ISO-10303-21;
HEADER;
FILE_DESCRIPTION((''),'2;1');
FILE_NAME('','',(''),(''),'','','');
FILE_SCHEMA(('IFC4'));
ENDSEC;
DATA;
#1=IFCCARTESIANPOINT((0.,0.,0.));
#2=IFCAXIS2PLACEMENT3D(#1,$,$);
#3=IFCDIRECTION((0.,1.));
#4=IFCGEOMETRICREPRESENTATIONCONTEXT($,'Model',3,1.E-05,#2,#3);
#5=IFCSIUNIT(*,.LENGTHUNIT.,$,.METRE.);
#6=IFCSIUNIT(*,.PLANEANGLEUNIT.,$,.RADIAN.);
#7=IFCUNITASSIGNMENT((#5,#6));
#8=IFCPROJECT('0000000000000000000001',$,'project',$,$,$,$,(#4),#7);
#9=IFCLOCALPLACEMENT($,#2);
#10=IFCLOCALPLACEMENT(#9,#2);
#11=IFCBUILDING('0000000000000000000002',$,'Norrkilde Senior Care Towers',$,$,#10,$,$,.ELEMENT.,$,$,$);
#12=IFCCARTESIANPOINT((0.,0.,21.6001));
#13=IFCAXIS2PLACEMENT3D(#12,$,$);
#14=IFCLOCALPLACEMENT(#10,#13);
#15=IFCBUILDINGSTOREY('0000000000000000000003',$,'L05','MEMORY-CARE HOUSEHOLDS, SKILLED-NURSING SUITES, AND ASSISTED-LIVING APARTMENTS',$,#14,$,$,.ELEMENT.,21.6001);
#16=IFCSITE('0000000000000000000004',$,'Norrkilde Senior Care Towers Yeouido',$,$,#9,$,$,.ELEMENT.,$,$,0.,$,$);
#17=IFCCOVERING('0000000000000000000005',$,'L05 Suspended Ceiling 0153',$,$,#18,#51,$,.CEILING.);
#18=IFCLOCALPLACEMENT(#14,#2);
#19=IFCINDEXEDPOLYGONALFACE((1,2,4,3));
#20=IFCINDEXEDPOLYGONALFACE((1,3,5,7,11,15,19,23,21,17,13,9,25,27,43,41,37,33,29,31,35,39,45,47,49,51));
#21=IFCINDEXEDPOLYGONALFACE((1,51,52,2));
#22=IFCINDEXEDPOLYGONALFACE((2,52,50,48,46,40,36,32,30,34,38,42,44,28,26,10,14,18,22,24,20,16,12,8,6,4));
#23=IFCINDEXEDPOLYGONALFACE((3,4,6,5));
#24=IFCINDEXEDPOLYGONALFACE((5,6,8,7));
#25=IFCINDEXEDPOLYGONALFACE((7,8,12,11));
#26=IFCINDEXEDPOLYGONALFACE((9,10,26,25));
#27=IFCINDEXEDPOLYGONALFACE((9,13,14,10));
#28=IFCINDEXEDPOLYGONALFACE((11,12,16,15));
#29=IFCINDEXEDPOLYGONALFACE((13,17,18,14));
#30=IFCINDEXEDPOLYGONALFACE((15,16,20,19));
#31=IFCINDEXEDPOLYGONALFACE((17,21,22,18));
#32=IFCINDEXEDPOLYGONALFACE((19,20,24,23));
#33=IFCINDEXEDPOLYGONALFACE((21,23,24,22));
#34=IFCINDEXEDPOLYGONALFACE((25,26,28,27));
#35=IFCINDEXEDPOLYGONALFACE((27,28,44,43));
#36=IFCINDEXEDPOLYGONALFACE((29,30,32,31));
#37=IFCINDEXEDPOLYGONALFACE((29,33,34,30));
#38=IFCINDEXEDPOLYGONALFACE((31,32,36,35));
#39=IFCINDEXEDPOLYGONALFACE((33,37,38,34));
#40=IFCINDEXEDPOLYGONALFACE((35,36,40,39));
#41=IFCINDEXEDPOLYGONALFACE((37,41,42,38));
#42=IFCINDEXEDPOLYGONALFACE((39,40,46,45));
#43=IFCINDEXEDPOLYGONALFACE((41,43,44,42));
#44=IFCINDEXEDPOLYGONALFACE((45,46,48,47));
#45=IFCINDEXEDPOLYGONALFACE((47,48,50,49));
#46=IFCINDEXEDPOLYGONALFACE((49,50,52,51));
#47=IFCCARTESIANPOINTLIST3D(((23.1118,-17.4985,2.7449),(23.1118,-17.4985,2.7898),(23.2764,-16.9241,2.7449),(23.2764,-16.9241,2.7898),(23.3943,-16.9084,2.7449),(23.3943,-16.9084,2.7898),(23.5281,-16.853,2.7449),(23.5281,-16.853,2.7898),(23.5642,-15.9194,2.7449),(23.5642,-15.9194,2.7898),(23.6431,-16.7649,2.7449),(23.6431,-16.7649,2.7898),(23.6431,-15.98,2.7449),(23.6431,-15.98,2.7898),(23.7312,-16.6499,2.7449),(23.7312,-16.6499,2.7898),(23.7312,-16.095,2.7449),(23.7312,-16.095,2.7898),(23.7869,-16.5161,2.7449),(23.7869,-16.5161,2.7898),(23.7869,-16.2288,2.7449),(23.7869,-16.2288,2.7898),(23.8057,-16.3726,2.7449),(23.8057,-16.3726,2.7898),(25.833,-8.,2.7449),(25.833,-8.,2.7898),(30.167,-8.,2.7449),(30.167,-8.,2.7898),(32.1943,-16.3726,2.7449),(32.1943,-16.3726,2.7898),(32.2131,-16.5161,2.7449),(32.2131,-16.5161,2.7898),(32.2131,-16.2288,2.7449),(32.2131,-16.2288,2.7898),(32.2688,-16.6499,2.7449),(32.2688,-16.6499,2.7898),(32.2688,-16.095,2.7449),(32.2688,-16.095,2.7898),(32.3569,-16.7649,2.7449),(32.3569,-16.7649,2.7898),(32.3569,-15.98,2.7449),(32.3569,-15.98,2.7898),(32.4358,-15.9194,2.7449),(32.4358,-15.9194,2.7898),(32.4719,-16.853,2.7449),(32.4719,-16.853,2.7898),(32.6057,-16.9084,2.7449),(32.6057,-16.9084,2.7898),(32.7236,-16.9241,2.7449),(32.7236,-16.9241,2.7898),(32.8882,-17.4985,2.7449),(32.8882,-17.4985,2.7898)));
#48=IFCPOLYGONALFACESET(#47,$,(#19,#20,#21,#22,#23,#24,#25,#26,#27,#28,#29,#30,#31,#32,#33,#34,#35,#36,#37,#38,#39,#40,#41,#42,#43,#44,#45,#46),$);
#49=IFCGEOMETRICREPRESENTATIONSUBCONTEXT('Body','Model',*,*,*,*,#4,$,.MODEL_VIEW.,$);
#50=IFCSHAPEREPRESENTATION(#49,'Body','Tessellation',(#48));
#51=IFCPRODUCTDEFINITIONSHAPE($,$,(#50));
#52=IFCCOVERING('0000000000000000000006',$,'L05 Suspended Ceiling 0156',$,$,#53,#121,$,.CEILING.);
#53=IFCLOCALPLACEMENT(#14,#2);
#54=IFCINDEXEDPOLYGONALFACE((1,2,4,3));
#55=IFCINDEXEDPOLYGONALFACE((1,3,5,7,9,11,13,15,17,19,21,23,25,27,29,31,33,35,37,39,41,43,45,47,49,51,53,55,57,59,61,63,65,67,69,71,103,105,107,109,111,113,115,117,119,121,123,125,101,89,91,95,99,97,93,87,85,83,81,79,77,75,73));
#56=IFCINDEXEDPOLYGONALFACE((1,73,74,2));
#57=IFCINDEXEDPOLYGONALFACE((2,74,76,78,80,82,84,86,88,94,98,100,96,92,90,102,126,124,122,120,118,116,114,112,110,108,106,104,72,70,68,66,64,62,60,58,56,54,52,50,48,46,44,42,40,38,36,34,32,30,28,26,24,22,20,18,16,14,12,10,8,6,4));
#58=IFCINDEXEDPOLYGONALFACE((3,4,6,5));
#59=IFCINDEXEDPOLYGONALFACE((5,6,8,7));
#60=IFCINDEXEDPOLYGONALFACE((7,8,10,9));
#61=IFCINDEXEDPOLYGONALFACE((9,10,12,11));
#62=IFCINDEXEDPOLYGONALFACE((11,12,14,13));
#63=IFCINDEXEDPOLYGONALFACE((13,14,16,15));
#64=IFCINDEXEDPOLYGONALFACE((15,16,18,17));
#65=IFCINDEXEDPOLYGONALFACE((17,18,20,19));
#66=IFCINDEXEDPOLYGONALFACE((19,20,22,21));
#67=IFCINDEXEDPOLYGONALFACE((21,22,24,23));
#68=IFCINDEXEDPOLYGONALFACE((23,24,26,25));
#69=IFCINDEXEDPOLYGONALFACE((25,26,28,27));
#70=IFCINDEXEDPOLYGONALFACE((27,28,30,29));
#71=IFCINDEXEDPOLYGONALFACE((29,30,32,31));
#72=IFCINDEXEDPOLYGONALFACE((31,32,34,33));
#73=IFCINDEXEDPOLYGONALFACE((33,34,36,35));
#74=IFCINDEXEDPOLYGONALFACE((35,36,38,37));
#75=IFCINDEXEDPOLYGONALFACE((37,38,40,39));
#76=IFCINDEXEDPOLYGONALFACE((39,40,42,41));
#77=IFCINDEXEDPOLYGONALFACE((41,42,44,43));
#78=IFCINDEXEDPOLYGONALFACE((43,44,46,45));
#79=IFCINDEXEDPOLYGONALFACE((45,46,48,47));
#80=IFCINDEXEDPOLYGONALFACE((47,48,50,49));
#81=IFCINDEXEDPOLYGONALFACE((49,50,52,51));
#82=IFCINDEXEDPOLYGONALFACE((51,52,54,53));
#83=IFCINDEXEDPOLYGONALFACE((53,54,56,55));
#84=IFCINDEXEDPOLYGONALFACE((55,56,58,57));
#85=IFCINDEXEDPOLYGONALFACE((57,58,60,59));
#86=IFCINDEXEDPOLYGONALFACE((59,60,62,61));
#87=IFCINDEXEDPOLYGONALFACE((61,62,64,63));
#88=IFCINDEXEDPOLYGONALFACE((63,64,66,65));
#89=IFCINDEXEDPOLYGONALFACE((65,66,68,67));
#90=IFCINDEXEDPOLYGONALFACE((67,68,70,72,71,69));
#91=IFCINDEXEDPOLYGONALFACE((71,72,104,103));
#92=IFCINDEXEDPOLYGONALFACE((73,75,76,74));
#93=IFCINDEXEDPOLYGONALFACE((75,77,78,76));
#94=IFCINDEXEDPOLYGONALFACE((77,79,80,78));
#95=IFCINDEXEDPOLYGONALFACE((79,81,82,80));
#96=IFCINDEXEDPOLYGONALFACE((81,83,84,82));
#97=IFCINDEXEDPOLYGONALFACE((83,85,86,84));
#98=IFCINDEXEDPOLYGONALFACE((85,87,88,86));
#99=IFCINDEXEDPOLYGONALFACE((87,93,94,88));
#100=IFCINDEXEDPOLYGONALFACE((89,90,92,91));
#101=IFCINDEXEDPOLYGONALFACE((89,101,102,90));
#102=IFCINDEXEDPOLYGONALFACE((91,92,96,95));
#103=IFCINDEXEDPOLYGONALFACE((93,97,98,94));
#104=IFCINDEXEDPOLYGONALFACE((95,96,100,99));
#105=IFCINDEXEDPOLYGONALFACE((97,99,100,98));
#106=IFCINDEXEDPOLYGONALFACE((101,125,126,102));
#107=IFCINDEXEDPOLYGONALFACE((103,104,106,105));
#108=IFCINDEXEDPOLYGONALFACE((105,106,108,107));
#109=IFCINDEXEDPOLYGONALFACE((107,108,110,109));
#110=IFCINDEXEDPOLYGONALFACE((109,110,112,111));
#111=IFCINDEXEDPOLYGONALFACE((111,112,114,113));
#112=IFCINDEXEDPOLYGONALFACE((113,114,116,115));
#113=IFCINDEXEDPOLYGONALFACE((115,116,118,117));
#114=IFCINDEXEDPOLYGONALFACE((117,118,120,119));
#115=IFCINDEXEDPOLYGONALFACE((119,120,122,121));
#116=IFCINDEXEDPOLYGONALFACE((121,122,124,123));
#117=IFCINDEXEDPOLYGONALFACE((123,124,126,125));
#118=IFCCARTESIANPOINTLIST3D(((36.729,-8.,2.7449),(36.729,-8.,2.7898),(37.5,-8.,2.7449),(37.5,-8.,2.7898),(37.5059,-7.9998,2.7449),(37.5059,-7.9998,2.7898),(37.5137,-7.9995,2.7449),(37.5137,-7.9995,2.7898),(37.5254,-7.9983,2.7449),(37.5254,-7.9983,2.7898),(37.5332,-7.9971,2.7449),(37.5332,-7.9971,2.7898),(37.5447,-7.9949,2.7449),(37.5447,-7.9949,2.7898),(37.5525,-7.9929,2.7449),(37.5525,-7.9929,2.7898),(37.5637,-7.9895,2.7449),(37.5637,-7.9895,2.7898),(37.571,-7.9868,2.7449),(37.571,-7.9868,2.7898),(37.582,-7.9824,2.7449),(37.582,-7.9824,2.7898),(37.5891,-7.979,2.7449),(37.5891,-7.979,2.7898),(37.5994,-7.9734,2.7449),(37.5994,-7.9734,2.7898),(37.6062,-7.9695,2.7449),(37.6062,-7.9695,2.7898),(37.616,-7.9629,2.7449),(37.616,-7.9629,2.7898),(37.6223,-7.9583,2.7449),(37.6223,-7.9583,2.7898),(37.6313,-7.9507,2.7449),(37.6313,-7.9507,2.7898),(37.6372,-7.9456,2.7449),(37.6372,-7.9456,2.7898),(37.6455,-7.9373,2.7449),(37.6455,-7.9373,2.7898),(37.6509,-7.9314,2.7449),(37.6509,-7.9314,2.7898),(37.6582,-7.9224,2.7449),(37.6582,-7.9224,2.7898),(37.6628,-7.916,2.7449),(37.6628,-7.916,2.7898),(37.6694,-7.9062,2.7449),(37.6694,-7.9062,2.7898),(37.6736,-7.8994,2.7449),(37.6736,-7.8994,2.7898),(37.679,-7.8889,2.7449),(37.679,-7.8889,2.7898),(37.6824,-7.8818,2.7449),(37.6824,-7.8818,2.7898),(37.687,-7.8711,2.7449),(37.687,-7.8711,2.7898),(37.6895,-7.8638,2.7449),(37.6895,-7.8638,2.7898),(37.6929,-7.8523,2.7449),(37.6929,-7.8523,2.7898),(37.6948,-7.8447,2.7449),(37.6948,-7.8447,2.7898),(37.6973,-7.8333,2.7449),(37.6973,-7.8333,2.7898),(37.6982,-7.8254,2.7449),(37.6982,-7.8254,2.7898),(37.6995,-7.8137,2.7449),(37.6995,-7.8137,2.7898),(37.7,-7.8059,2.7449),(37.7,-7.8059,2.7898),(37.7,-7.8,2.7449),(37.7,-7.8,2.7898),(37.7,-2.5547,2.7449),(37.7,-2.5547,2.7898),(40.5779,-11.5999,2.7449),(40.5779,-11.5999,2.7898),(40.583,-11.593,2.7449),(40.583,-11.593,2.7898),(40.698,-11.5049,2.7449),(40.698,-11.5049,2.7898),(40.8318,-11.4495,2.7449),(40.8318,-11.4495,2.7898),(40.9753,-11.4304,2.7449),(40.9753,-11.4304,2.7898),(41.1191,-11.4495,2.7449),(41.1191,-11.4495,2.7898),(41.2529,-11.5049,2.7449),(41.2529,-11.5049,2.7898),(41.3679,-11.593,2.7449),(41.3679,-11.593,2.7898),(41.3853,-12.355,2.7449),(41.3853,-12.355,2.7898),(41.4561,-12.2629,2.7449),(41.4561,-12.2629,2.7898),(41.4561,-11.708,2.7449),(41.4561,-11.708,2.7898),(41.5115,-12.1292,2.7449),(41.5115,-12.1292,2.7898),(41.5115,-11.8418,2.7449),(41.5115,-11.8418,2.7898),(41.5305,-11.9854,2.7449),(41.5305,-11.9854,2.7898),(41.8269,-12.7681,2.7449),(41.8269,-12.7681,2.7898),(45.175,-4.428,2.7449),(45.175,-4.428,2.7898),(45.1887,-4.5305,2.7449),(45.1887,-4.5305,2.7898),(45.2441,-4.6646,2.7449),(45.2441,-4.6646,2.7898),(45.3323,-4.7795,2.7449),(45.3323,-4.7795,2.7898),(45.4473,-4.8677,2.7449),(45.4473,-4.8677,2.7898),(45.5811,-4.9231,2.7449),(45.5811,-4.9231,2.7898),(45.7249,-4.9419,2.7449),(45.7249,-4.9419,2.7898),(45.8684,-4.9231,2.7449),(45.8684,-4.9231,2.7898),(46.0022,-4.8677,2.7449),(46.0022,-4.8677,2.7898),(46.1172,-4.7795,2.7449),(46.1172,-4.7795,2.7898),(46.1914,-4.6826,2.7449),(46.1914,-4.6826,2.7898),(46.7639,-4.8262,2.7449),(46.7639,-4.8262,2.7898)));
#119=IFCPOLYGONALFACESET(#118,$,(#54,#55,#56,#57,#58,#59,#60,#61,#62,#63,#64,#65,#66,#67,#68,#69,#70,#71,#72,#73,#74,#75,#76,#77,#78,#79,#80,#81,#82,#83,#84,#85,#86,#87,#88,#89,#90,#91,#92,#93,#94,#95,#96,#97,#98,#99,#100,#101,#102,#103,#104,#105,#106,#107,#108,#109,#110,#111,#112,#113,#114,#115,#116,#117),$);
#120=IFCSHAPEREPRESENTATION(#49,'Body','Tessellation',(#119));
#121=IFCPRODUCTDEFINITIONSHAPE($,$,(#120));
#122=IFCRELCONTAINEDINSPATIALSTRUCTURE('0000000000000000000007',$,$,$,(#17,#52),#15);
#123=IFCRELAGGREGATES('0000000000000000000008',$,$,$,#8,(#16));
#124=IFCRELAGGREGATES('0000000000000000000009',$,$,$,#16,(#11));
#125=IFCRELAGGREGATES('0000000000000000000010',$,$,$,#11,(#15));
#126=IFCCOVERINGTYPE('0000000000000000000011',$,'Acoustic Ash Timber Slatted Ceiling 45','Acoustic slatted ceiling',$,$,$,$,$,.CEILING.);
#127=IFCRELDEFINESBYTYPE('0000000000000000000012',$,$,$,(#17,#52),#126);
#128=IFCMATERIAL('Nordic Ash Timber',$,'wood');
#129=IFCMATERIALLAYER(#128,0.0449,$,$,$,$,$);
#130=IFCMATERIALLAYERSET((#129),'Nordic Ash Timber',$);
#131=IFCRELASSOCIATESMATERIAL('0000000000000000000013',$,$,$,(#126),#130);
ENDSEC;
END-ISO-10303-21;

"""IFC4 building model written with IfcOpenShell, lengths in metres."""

from ifc_helpers import new_model, si_unit, direction, frame, origin, place, context, subcontext, project, spatial, polyline, outline, extrude, material, layer, layer_set, type_object, element, save


model = new_model("IFC4")

# Units and contexts
model_context = context("Model", 3, precision=1e-05, world=origin(), true_north=direction((0.0, 1.0)))
body_context = subcontext(model_context, "Body", "Model", "MODEL_VIEW")
ifc_project = project(units=[si_unit("LENGTHUNIT", "METRE"), si_unit("PLANEANGLEUNIT", "RADIAN")], contexts=[model_context])

# Site, building, storey
site_placement = place(None, origin())
site = spatial("IfcSite", under=ifc_project, at=site_placement, Name="Norrkilde Senior Care Towers Yeouido", CompositionType="ELEMENT", RefElevation=0.0)
building_placement = place(site_placement, origin())
building = spatial("IfcBuilding", under=site, at=building_placement, Name="Norrkilde Senior Care Towers", CompositionType="ELEMENT")
storey_placement = place(building_placement, frame((0.0, 0.0, 21.6001)))
storey = spatial("IfcBuildingStorey", under=building, at=storey_placement, Name="L05", Description="MEMORY-CARE HOUSEHOLDS, SKILLED-NURSING SUITES, AND ASSISTED-LIVING APARTMENTS", CompositionType="ELEMENT", Elevation=21.6001)

# Shared definitions
ifc_material_1 = material(Name="Nordic Ash Timber", Category="wood")

# Coverings
ifc_layer_1 = layer(ifc_material_1, 0.0449)
ifc_layer_set_1 = layer_set([ifc_layer_1], Name="Nordic Ash Timber")
covering_type_1 = type_object("IfcCoveringType", Name="Acoustic Ash Timber Slatted Ceiling 45", Description="Acoustic slatted ceiling", PredefinedType="CEILING", material=ifc_layer_set_1)
covering_1_placement = place(storey_placement, frame((0.0, 0.0, 2.7449)))
element("IfcCovering", 1, at=covering_1_placement, inside=storey, type_object=covering_type_1, Name="L05 Suspended Ceiling 0153", PredefinedType="CEILING", context=body_context, shape_type="SweptSolid", body=[
    extrude(outline(polyline([(23.1118, -17.4985), (23.2764, -16.9241), (23.3943, -16.9084), (23.5281, -16.853), (23.6431, -16.7649), (23.7312, -16.6499), (23.7869, -16.5161), (23.8057, -16.3726), (23.7869, -16.2288), (23.7312, -16.095), (23.6431, -15.98), (23.5642, -15.9194), (25.833, -8.0), (30.167, -8.0), (32.4358, -15.9194), (32.3569, -15.98), (32.2688, -16.095), (32.2131, -16.2288), (32.1943, -16.3726), (32.2131, -16.5161), (32.2688, -16.6499), (32.3569, -16.7649), (32.4719, -16.853), (32.6057, -16.9084), (32.7236, -16.9241), (32.8882, -17.4985), (23.1118, -17.4985)])), origin(), (0.0, 0.0, 1.0), 0.0449),
])
covering_2_placement = place(storey_placement, frame((0.0, 0.0, 2.7449)))
element("IfcCovering", 2, at=covering_2_placement, inside=storey, type_object=covering_type_1, Name="L05 Suspended Ceiling 0156", PredefinedType="CEILING", context=body_context, shape_type="SweptSolid", body=[
    extrude(outline(polyline([(37.5525, -7.9929), (37.5637, -7.9895), (37.571, -7.9868), (37.582, -7.9824), (37.5891, -7.979), (37.5994, -7.9734), (37.6062, -7.9695), (37.616, -7.9629), (37.6223, -7.9583), (37.6313, -7.9507), (37.6372, -7.9456), (37.6455, -7.9373), (37.6509, -7.9314), (37.6582, -7.9224), (37.6628, -7.916), (37.6694, -7.9062), (37.6736, -7.8994), (37.679, -7.8889), (37.6824, -7.8818), (37.687, -7.8711), (37.6895, -7.8638), (37.6929, -7.8523), (37.6948, -7.8447), (37.6973, -7.8333), (37.6982, -7.8254), (37.6995, -7.8137), (37.7, -7.8059), (37.7, -7.8), (37.7, -2.5547), (45.175, -4.428), (45.1887, -4.5305), (45.2441, -4.6646), (45.3323, -4.7795), (45.4473, -4.8677), (45.5811, -4.9231), (45.7249, -4.9419), (45.8684, -4.9231), (46.0022, -4.8677), (46.1172, -4.7795), (46.1914, -4.6826), (46.7639, -4.8262), (41.8269, -12.7681), (41.3853, -12.355), (41.4561, -12.2629), (41.5115, -12.1292), (41.5305, -11.9854), (41.5115, -11.8418), (41.4561, -11.708), (41.3679, -11.593), (41.2529, -11.5049), (41.1191, -11.4495), (40.9753, -11.4304), (40.8318, -11.4495), (40.698, -11.5049), (40.583, -11.593), (40.5779, -11.5999), (36.729, -8.0), (37.5, -8.0), (37.5059, -7.9998), (37.5137, -7.9995), (37.5254, -7.9983), (37.5332, -7.9971), (37.5447, -7.9949), (37.5525, -7.9929)])), origin(), (0.0, 0.0, 1.0), 0.0449),
])

save(model, "model.ifc")
